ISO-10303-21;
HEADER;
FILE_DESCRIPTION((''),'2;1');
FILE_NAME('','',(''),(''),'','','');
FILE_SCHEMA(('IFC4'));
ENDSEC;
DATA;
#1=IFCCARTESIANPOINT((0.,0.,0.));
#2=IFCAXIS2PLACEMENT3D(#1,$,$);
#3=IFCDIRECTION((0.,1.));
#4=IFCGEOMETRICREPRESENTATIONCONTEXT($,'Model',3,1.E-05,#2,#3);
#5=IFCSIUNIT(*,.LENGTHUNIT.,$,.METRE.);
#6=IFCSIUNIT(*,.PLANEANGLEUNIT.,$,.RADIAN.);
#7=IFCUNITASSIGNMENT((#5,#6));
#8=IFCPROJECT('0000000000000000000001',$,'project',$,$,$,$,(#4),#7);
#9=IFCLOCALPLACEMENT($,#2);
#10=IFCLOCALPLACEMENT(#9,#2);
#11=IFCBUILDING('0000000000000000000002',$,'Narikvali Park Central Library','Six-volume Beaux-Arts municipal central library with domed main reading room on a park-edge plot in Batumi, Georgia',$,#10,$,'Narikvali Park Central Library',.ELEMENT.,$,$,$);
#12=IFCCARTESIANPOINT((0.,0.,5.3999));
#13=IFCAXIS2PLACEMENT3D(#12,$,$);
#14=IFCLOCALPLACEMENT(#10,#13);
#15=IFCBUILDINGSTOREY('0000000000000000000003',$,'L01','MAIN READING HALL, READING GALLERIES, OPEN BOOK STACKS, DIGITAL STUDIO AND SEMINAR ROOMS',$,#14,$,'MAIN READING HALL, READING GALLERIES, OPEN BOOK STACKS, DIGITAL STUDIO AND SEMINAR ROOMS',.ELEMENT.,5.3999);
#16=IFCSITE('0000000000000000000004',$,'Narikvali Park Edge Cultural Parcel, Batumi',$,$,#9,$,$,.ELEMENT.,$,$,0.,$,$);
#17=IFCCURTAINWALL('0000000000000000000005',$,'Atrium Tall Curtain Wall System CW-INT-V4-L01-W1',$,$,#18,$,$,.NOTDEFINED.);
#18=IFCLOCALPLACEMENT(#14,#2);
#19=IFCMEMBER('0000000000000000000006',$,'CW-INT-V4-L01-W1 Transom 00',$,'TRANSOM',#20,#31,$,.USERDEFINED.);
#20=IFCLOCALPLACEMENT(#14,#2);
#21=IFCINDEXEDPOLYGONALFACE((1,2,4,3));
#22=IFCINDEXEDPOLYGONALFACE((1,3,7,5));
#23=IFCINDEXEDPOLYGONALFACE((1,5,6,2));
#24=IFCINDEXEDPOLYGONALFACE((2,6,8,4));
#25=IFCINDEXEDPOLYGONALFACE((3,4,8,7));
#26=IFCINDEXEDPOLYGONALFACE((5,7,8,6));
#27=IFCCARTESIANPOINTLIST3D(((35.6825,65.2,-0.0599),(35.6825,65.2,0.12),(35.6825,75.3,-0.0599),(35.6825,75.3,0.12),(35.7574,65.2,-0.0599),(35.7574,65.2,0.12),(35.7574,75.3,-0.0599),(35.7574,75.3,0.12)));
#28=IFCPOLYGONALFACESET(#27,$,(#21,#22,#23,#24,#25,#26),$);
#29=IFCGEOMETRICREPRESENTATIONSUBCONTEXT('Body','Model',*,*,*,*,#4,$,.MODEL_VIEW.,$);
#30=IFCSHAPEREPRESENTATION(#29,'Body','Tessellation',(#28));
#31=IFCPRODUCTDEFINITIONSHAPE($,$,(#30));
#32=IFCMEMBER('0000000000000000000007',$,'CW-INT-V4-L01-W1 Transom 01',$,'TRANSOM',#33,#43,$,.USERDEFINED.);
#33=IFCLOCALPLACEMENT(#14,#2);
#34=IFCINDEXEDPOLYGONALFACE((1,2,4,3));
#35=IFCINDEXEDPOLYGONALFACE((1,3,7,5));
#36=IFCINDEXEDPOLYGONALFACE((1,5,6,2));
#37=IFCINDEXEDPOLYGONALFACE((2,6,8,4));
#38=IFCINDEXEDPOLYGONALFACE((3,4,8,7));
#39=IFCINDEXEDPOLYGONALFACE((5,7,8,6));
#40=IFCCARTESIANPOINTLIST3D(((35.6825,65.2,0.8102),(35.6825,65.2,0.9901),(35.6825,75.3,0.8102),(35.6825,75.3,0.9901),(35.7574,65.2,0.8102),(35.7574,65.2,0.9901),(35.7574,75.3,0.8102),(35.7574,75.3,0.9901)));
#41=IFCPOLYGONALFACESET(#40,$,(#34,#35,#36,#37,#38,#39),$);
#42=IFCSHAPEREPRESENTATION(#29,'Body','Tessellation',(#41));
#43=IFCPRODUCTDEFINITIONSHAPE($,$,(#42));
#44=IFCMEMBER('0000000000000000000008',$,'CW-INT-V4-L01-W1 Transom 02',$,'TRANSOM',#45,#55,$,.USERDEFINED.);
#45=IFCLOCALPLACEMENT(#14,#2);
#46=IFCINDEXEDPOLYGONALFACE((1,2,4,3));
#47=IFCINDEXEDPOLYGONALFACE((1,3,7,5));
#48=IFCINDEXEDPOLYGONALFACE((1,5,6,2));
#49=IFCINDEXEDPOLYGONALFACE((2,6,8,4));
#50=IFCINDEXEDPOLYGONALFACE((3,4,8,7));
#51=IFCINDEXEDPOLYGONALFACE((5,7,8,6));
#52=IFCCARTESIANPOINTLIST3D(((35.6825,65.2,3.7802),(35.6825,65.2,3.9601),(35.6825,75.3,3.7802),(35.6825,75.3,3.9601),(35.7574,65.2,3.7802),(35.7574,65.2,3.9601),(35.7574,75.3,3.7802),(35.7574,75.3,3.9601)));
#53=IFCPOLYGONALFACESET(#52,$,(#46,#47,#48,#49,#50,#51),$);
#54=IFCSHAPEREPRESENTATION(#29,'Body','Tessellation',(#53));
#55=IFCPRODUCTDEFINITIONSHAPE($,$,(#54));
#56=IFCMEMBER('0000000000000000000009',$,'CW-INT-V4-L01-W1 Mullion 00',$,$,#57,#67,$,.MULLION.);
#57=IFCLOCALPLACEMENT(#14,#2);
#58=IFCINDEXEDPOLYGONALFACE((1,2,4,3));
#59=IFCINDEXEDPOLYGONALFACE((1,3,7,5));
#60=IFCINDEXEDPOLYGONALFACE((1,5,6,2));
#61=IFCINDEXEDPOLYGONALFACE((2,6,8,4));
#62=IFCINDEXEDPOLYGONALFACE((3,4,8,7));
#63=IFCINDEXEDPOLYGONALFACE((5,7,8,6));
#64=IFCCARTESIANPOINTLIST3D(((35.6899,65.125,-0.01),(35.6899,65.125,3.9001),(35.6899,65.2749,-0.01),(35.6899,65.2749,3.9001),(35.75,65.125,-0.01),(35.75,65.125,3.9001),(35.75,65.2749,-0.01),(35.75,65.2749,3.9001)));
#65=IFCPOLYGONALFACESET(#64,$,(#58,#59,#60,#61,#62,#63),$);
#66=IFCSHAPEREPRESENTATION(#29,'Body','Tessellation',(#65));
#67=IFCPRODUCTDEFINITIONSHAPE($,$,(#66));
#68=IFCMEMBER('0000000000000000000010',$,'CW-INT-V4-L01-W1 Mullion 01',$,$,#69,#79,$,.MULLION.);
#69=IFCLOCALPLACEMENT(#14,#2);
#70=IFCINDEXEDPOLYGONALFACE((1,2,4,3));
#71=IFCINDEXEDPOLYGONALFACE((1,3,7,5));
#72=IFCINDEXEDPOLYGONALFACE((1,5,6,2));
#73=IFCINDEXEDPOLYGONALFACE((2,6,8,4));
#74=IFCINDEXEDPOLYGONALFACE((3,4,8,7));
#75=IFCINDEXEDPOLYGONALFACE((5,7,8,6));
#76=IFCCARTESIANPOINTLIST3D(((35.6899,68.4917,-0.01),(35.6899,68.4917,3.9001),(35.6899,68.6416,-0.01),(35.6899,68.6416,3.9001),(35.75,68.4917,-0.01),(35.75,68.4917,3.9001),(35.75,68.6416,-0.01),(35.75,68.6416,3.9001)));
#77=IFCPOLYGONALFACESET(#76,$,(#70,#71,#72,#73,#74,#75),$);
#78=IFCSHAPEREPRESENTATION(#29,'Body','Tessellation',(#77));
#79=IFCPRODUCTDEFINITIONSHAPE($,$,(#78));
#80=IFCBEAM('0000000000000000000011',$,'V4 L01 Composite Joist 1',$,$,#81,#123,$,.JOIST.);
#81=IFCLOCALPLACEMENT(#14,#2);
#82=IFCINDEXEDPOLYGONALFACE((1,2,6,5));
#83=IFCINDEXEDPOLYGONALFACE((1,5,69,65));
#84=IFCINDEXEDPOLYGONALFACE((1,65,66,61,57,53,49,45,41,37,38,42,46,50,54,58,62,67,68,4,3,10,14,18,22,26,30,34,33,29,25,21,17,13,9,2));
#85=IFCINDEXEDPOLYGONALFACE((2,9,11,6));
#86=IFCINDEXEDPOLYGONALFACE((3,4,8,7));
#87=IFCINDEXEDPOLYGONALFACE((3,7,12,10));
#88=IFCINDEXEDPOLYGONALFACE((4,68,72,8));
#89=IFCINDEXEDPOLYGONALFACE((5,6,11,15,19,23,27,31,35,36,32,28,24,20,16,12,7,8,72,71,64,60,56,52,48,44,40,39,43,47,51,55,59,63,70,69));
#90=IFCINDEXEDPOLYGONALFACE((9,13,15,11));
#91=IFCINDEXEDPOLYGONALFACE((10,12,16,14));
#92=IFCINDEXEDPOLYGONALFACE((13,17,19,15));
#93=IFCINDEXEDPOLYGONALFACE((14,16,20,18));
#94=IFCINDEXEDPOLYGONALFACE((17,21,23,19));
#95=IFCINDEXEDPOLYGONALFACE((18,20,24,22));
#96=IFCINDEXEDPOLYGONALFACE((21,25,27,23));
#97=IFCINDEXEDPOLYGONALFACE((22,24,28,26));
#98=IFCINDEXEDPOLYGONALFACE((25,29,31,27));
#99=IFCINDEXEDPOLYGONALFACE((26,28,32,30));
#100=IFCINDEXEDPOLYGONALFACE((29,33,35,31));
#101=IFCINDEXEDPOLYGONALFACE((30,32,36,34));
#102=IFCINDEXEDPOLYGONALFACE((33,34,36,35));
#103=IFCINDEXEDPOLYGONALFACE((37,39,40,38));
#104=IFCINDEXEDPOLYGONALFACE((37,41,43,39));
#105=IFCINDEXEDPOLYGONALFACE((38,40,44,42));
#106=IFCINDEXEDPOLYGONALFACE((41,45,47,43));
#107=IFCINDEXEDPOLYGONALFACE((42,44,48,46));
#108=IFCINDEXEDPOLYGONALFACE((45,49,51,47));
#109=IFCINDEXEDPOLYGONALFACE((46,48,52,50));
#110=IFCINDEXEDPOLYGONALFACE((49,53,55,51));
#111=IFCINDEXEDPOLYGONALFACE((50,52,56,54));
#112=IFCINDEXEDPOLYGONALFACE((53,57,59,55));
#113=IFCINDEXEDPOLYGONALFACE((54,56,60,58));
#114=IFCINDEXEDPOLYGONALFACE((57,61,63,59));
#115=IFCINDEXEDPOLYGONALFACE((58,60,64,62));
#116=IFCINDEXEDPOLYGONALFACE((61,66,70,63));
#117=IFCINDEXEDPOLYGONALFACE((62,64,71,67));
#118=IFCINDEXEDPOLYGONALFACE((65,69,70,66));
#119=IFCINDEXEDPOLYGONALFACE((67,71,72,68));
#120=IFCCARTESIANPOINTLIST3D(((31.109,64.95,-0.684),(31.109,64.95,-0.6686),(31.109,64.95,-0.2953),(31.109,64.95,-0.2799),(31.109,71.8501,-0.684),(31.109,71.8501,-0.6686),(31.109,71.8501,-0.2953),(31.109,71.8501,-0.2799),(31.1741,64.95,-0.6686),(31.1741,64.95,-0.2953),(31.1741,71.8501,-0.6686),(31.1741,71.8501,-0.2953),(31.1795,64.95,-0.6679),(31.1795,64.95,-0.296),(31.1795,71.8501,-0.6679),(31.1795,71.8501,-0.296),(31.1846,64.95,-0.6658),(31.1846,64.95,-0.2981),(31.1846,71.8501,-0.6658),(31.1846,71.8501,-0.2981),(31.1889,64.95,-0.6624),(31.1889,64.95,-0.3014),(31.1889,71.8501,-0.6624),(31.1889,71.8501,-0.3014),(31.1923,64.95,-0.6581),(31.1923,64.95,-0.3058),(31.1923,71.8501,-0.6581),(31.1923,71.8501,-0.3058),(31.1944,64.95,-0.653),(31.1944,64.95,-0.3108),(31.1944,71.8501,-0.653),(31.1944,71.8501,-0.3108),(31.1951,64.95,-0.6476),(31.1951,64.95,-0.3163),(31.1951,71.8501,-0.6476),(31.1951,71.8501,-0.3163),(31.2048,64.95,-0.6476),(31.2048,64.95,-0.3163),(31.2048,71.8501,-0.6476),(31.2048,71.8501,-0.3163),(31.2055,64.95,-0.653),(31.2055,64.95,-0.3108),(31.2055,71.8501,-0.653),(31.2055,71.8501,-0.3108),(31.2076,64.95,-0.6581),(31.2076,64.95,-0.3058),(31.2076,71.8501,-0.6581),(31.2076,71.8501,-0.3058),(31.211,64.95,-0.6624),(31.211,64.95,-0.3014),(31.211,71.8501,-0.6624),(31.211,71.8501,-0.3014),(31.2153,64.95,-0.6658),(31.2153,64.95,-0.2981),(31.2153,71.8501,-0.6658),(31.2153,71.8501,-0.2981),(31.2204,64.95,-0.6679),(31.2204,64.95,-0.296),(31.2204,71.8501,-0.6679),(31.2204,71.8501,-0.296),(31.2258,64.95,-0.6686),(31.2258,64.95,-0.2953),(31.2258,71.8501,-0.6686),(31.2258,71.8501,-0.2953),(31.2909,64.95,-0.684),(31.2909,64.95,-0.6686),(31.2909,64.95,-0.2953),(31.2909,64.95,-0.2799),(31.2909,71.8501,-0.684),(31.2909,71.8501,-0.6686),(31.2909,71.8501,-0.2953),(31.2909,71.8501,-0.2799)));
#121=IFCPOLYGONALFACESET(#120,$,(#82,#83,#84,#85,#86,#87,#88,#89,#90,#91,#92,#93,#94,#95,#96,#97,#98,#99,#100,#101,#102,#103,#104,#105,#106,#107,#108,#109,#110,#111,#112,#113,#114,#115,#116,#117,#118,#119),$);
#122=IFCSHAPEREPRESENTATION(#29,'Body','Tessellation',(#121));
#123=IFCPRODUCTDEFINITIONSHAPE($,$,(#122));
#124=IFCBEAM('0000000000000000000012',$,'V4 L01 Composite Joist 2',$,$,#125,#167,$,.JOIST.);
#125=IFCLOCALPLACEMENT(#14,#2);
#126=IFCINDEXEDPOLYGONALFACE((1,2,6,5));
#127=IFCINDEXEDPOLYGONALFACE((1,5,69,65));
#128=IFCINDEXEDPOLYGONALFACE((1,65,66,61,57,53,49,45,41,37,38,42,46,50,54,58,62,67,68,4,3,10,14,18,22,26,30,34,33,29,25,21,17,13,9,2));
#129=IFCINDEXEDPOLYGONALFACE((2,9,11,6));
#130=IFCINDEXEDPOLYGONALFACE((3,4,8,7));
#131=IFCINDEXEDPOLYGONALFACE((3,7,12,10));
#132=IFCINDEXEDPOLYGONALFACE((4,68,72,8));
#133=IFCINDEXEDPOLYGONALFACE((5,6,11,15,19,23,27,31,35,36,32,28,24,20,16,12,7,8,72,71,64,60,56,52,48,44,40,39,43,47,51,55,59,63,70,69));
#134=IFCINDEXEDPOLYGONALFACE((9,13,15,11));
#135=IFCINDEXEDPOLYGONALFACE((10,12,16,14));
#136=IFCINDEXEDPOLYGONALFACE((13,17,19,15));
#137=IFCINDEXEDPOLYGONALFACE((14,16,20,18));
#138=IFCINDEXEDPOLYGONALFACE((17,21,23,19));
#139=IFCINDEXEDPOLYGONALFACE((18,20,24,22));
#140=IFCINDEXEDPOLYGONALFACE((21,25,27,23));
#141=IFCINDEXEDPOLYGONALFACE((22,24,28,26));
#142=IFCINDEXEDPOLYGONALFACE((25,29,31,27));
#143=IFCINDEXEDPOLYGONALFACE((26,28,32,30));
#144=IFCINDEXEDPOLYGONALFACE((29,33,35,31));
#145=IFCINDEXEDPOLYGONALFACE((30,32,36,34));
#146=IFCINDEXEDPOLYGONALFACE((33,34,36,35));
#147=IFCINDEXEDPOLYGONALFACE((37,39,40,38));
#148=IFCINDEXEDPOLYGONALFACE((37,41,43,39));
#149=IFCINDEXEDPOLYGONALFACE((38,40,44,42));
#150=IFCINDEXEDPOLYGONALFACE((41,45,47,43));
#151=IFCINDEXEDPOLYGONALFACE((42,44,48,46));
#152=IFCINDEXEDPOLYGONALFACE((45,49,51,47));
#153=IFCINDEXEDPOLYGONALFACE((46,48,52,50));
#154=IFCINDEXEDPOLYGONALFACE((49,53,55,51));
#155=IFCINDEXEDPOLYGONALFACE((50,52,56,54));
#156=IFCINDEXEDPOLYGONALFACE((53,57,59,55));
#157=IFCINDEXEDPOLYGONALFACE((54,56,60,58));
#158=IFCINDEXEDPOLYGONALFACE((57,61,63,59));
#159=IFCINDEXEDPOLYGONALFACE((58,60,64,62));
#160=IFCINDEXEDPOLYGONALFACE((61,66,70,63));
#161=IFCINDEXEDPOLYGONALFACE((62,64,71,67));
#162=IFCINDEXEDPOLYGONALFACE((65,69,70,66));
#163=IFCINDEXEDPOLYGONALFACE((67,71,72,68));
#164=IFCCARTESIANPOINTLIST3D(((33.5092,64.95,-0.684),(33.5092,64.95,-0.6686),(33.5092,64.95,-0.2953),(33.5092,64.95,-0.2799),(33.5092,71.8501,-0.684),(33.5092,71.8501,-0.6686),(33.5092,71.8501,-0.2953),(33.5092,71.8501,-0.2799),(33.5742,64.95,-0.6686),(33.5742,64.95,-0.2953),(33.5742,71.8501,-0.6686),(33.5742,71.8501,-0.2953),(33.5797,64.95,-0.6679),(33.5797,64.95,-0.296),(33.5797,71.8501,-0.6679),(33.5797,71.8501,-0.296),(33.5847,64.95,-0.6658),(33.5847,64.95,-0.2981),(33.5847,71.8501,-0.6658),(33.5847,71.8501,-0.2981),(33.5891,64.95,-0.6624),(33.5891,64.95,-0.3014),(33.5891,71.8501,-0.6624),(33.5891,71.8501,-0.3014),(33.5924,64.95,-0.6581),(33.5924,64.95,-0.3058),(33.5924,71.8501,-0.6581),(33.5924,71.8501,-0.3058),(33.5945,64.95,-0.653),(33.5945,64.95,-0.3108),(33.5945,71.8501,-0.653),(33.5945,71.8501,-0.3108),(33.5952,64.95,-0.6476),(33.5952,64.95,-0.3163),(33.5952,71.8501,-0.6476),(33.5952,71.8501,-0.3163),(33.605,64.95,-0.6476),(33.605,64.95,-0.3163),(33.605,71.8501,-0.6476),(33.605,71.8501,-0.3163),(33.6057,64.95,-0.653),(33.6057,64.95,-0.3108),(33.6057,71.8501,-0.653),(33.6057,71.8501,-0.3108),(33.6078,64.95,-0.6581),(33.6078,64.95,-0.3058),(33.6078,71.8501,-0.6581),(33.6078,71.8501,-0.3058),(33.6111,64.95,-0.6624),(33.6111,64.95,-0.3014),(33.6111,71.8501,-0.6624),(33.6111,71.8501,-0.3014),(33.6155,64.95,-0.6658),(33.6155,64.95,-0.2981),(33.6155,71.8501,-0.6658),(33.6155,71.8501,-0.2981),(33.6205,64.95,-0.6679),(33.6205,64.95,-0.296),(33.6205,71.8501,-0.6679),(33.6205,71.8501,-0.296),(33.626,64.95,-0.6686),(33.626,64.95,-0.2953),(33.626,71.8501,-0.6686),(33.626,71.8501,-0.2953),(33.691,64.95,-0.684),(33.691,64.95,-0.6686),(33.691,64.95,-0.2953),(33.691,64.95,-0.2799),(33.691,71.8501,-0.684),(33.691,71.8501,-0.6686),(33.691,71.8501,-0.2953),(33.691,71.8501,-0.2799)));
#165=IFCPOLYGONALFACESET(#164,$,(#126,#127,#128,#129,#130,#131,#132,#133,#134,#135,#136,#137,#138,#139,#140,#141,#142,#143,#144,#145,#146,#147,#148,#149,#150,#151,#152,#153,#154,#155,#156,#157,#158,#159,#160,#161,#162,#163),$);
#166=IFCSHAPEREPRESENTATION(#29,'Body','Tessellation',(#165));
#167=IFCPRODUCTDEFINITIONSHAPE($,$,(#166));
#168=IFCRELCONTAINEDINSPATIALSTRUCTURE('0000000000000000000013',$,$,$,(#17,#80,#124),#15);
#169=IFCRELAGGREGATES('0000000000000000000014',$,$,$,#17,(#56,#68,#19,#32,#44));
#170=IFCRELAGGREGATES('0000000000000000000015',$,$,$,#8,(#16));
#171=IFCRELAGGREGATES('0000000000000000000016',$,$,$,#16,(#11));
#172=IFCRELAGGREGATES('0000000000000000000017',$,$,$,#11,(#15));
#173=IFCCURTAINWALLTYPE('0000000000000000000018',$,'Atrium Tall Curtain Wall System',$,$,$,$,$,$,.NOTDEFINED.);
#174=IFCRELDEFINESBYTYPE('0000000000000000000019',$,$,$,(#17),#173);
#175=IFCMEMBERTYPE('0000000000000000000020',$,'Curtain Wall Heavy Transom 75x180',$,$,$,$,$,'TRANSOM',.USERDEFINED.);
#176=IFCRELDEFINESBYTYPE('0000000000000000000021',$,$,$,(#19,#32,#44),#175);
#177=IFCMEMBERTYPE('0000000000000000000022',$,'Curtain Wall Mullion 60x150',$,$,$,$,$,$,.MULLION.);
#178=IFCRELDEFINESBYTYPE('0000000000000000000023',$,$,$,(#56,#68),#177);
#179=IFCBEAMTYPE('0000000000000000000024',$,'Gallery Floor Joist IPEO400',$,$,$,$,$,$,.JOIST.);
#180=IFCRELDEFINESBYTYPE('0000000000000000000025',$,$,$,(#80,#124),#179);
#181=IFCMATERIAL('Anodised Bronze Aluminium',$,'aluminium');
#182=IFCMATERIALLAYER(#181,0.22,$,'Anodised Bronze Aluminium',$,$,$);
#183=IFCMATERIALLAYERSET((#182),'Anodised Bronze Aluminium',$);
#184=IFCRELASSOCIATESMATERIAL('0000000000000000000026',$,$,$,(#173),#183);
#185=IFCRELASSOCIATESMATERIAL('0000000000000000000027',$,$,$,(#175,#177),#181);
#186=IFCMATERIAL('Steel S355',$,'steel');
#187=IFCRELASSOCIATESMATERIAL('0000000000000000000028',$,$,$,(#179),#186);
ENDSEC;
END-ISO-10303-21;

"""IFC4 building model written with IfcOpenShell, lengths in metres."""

from ifc_helpers import new_model, si_unit, direction, frame, origin, origin_2d, place, context, subcontext, project, spatial, rectangle, i_section, extrude, material, layer, layer_set, material_profile, profile_set, type_object, element, aggregate, save


model = new_model("IFC4")

# Units and contexts
model_context = context("Model", 3, precision=1e-05, world=origin(), true_north=direction((0.0, 1.0)))
body_context = subcontext(model_context, "Body", "Model", "MODEL_VIEW")
ifc_project = project(units=[si_unit("LENGTHUNIT", "METRE"), si_unit("PLANEANGLEUNIT", "RADIAN")], contexts=[model_context])

# Site, building, storey
site_placement = place(None, origin())
site = spatial("IfcSite", under=ifc_project, at=site_placement, Name="Narikvali Park Edge Cultural Parcel, Batumi", CompositionType="ELEMENT", RefElevation=0.0)
building_placement = place(site_placement, origin())
building = spatial("IfcBuilding", under=site, at=building_placement, Name="Narikvali Park Central Library", Description="Six-volume Beaux-Arts municipal central library with domed main reading room on a park-edge plot in Batumi, Georgia", LongName="Narikvali Park Central Library", CompositionType="ELEMENT")
storey_placement = place(building_placement, frame((0.0, 0.0, 5.3999)))
storey = spatial("IfcBuildingStorey", under=building, at=storey_placement, Name="L01", Description="MAIN READING HALL, READING GALLERIES, OPEN BOOK STACKS, DIGITAL STUDIO AND SEMINAR ROOMS", LongName="MAIN READING HALL, READING GALLERIES, OPEN BOOK STACKS, DIGITAL STUDIO AND SEMINAR ROOMS", CompositionType="ELEMENT", Elevation=5.3999)

# Curtain wall, members
ifc_material_1 = material(Name="Anodised Bronze Aluminium", Category="aluminium")
ifc_layer_1 = layer(ifc_material_1, 0.22, Name="Anodised Bronze Aluminium")
ifc_layer_set_1 = layer_set([ifc_layer_1], Name="Anodised Bronze Aluminium")
curtain_wall_type = type_object("IfcCurtainWallType", Name="Atrium Tall Curtain Wall System", PredefinedType="NOTDEFINED", material=ifc_layer_set_1)
curtain_wall_placement = place(storey_placement, origin())
curtain_wall = element("IfcCurtainWall", 1, at=curtain_wall_placement, inside=storey, type_object=curtain_wall_type, Name="Atrium Tall Curtain Wall System CW-INT-V4-L01-W1", PredefinedType="NOTDEFINED")
ifc_material_profile_1 = material_profile(ifc_material_1, rectangle(XDim=0.075, YDim=0.1799, at=origin_2d()), Name="CW TRANSOM 75x180")
ifc_profile_set_1 = profile_set([ifc_material_profile_1], Name="Anodised Bronze Aluminium")
member_type_1 = type_object("IfcMemberType", Name="Curtain Wall Heavy Transom 75x180", ElementType="TRANSOM", PredefinedType="USERDEFINED", material=ifc_profile_set_1)
member_1_placement = place(storey_placement, frame((35.72, 65.2, 0.03), z_axis=(0.0, 1.0, 0.0), x_axis=(-1.0, 0.0, 0.0)))
member_1 = element("IfcMember", 2, at=member_1_placement, type_object=member_type_1, Name="CW-INT-V4-L01-W1 Transom 00", ObjectType="TRANSOM", PredefinedType="USERDEFINED", context=body_context, shape_type="SweptSolid", body=[
    extrude(rectangle(XDim=0.075, YDim=0.1799, at=origin_2d()), origin(), (0.0, 0.0, 1.0), 10.1001),
])
member_2_placement = place(storey_placement, frame((35.72, 65.2, 0.9001), z_axis=(0.0, 1.0, 0.0), x_axis=(-1.0, 0.0, 0.0)))
member_2 = element("IfcMember", 3, at=member_2_placement, type_object=member_type_1, Name="CW-INT-V4-L01-W1 Transom 01", ObjectType="TRANSOM", PredefinedType="USERDEFINED", context=body_context, shape_type="SweptSolid", body=[
    extrude(rectangle(XDim=0.075, YDim=0.1799, at=origin_2d()), origin(), (0.0, 0.0, 1.0), 10.1001),
])
member_3_placement = place(storey_placement, frame((35.72, 65.2, 3.8701), z_axis=(0.0, 1.0, 0.0), x_axis=(-1.0, 0.0, 0.0)))
member_3 = element("IfcMember", 4, at=member_3_placement, type_object=member_type_1, Name="CW-INT-V4-L01-W1 Transom 02", ObjectType="TRANSOM", PredefinedType="USERDEFINED", context=body_context, shape_type="SweptSolid", body=[
    extrude(rectangle(XDim=0.075, YDim=0.1799, at=origin_2d()), origin(), (0.0, 0.0, 1.0), 10.1001),
])
ifc_material_profile_2 = material_profile(ifc_material_1, rectangle(XDim=0.0601, YDim=0.1499, at=origin_2d()), Name="CW MULLION 60x150")
ifc_profile_set_2 = profile_set([ifc_material_profile_2], Name="Anodised Bronze Aluminium")
member_type_2 = type_object("IfcMemberType", Name="Curtain Wall Mullion 60x150", PredefinedType="MULLION", material=ifc_profile_set_2)
member_4_placement = place(storey_placement, frame((35.72, 65.2, -0.01), z_axis=(0.0, 0.0, 1.0), x_axis=(1.0, 0.0, 0.0)))
member_4 = element("IfcMember", 5, at=member_4_placement, type_object=member_type_2, Name="CW-INT-V4-L01-W1 Mullion 00", PredefinedType="MULLION", context=body_context, shape_type="SweptSolid", body=[
    extrude(rectangle(XDim=0.0601, YDim=0.1499, at=origin_2d()), origin(), (0.0, 0.0, 1.0), 3.9102),
])
member_5_placement = place(storey_placement, frame((35.72, 68.5667, -0.01), z_axis=(0.0, 0.0, 1.0), x_axis=(1.0, 0.0, 0.0)))
member_5 = element("IfcMember", 6, at=member_5_placement, type_object=member_type_2, Name="CW-INT-V4-L01-W1 Mullion 01", PredefinedType="MULLION", context=body_context, shape_type="SweptSolid", body=[
    extrude(rectangle(XDim=0.0601, YDim=0.1499, at=origin_2d()), origin(), (0.0, 0.0, 1.0), 3.9102),
])

# Beams
ifc_material_2 = material(Name="Steel S355", Category="steel")
ifc_material_profile_3 = material_profile(ifc_material_2, i_section(OverallWidth=0.1819, OverallDepth=0.4041, WebThickness=0.0098, FlangeThickness=0.0154, FilletRadius=0.021, at=origin_2d()), Name="IPEO 400")
ifc_profile_set_3 = profile_set([ifc_material_profile_3], Name="Steel S355")
beam_type_1 = type_object("IfcBeamType", Name="Gallery Floor Joist IPEO400", PredefinedType="JOIST", material=ifc_profile_set_3)
for number, where, z_axis, x_axis, name in (
    (7, (31.2, 64.95, -0.4819), (0.0, 1.0, 0.0), (-1.0, 0.0, 0.0), "V4 L01 Composite Joist 1"),
    (8, (33.6001, 64.95, -0.4819), (0.0, 1.0, 0.0), (-1.0, 0.0, 0.0), "V4 L01 Composite Joist 2"),
):
    element("IfcBeam", number, at=place(storey_placement, frame(where, z_axis=z_axis, x_axis=x_axis)), inside=storey, type_object=beam_type_1, Name=name, PredefinedType="JOIST", context=body_context, shape_type="SweptSolid", body=[
        extrude(i_section(OverallWidth=0.1819, OverallDepth=0.4041, WebThickness=0.0098, FlangeThickness=0.0154, FilletRadius=0.021, at=origin_2d()), origin(), (0.0, 0.0, 1.0), 6.9001),
    ])

aggregate(curtain_wall, [member_4, member_5, member_1, member_2, member_3])

save(model, "model.ifc")
